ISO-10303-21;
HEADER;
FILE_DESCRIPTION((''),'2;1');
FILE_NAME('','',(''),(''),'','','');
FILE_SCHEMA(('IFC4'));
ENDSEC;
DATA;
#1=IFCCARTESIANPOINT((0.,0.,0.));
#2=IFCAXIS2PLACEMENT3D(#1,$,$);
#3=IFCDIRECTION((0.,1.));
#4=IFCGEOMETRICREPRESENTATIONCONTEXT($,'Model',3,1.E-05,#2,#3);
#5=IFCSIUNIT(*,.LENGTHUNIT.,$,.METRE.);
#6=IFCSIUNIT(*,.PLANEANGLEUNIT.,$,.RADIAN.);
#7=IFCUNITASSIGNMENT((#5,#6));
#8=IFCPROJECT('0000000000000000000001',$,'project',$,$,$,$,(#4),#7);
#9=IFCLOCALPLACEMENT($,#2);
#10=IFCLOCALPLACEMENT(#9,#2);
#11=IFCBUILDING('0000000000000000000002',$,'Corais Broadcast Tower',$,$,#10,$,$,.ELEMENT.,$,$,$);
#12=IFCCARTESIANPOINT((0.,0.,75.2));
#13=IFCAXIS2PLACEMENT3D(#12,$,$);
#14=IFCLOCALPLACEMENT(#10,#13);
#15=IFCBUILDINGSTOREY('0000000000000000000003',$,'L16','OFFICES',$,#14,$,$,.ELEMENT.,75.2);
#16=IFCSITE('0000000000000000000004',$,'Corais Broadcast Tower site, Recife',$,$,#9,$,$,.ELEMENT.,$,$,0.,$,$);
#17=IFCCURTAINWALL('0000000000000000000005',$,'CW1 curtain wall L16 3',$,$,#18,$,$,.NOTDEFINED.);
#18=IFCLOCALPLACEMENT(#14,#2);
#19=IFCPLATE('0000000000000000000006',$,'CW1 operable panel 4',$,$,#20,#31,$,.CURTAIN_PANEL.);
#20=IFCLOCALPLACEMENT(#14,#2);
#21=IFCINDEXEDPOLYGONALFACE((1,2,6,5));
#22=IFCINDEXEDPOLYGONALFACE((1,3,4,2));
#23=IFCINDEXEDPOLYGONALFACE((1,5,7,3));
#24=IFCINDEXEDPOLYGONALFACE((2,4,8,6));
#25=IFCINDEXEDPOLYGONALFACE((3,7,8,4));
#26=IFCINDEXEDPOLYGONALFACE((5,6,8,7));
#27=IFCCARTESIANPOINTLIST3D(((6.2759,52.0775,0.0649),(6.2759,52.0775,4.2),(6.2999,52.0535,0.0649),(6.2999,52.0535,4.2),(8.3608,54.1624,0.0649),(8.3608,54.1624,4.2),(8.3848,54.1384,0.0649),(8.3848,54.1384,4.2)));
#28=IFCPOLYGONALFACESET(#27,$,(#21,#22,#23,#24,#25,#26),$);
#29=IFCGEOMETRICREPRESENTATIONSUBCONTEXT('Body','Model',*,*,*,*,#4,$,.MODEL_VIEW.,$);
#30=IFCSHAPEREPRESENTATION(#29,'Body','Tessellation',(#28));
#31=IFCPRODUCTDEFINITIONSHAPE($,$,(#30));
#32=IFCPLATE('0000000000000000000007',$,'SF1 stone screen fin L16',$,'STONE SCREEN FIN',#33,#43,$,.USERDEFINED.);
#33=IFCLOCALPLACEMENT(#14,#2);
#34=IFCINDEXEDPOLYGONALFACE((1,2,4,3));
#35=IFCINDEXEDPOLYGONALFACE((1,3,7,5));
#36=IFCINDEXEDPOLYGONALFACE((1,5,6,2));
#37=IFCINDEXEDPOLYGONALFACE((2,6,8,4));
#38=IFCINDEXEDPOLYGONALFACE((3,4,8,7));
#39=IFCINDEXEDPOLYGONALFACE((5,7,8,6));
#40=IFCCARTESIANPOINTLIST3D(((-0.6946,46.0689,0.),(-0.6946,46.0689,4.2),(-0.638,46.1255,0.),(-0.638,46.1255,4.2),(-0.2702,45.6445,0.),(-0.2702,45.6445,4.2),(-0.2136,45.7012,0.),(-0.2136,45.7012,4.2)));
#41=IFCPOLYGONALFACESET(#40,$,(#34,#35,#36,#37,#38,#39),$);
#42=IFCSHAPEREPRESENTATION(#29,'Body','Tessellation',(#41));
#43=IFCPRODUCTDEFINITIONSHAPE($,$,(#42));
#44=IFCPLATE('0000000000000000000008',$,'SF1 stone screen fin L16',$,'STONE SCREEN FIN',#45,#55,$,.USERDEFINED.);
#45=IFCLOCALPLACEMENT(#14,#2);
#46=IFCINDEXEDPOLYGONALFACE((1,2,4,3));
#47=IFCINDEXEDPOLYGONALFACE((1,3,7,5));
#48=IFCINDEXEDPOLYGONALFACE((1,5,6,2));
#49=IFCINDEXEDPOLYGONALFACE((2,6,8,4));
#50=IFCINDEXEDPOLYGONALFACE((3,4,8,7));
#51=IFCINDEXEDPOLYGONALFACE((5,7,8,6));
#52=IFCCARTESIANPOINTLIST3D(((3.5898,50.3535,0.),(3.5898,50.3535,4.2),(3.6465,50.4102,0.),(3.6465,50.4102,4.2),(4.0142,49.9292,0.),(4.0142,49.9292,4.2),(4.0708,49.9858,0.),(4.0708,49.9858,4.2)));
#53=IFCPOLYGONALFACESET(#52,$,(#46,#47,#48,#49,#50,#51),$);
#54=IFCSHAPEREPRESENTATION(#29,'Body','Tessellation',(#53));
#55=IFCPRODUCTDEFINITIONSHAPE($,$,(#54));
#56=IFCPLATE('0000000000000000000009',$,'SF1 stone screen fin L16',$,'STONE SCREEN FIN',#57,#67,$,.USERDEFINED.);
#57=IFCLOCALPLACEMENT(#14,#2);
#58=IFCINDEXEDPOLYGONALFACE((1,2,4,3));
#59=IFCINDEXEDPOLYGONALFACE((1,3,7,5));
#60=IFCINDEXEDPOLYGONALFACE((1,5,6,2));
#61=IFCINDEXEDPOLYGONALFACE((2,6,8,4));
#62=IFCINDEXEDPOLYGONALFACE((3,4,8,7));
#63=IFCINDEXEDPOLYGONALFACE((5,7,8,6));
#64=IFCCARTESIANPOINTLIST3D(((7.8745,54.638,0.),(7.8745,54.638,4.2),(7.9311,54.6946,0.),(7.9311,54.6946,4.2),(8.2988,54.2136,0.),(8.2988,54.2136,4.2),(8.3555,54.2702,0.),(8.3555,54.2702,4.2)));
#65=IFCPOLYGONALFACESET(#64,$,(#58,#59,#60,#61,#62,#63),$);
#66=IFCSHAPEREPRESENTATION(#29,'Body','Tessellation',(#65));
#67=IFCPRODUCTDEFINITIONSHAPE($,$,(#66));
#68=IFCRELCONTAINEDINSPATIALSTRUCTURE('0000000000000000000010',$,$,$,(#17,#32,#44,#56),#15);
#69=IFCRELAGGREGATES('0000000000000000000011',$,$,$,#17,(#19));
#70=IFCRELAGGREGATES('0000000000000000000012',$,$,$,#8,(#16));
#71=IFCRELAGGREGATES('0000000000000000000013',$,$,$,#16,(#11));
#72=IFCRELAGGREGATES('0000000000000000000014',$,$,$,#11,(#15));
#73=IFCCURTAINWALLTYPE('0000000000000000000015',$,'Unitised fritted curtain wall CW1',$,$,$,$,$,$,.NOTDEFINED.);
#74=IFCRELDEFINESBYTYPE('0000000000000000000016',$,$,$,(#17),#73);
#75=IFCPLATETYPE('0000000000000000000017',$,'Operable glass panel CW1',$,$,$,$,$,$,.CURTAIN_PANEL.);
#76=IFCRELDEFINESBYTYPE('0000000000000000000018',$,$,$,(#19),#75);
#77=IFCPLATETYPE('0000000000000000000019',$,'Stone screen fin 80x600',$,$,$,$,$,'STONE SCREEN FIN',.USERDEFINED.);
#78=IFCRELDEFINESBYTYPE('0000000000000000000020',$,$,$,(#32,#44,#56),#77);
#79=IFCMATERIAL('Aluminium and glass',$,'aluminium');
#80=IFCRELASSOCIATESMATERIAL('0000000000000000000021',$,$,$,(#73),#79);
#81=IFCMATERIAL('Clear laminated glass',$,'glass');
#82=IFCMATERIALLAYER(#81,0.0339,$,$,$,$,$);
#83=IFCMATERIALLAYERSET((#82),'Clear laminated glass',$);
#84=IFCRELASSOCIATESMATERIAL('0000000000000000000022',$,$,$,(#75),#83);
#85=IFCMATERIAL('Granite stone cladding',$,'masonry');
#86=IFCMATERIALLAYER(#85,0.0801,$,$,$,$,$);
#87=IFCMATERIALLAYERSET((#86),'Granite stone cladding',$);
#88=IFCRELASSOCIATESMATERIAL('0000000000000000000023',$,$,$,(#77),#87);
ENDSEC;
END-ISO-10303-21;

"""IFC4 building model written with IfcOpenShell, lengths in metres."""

from ifc_helpers import new_model, si_unit, direction, frame, origin, origin_2d, place, context, subcontext, project, spatial, rectangle, extrude, material, layer, layer_set, type_object, element, aggregate, save


model = new_model("IFC4")

# Units and contexts
model_context = context("Model", 3, precision=1e-05, world=origin(), true_north=direction((0.0, 1.0)))
body_context = subcontext(model_context, "Body", "Model", "MODEL_VIEW")
ifc_project = project(units=[si_unit("LENGTHUNIT", "METRE"), si_unit("PLANEANGLEUNIT", "RADIAN")], contexts=[model_context])

# Site, building, storey
site_placement = place(None, origin())
site = spatial("IfcSite", under=ifc_project, at=site_placement, Name="Corais Broadcast Tower site, Recife", CompositionType="ELEMENT", RefElevation=0.0)
building_placement = place(site_placement, origin())
building = spatial("IfcBuilding", under=site, at=building_placement, Name="Corais Broadcast Tower", CompositionType="ELEMENT")
storey_placement = place(building_placement, frame((0.0, 0.0, 75.2)))
storey = spatial("IfcBuildingStorey", under=building, at=storey_placement, Name="L16", Description="OFFICES", CompositionType="ELEMENT", Elevation=75.2)

# Shared definitions
ifc_material_1 = material(Name="Aluminium and glass", Category="aluminium")
curtain_wall_type = type_object("IfcCurtainWallType", Name="Unitised fritted curtain wall CW1", PredefinedType="NOTDEFINED", material=ifc_material_1)

# Curtain wall
curtain_wall_1_placement = place(storey_placement, origin())
curtain_wall_1 = element("IfcCurtainWall", 1, at=curtain_wall_1_placement, inside=storey, type_object=curtain_wall_type, Name="CW1 curtain wall L16 3", PredefinedType="NOTDEFINED")

# Plate
ifc_material_2 = material(Name="Clear laminated glass", Category="glass")
ifc_layer_1 = layer(ifc_material_2, 0.0339)
ifc_layer_set_1 = layer_set([ifc_layer_1], Name="Clear laminated glass")
plate_type_1 = type_object("IfcPlateType", Name="Operable glass panel CW1", PredefinedType="CURTAIN_PANEL", material=ifc_layer_set_1)
plate_1_placement = place(storey_placement, frame((7.3303, 53.1079, 0.0649), z_axis=(0.0, 0.0, 1.0), x_axis=(0.707107, 0.707107, 0.0)))
plate_1 = element("IfcPlate", 2, at=plate_1_placement, type_object=plate_type_1, Name="CW1 operable panel 4", PredefinedType="CURTAIN_PANEL", context=body_context, shape_type="SweptSolid", body=[
    extrude(rectangle(XDim=2.9485, YDim=0.0339, at=origin_2d()), origin(), (0.0, 0.0, 1.0), 4.135),
])
aggregate(curtain_wall_1, [plate_1])

# Plates
ifc_material_3 = material(Name="Granite stone cladding", Category="masonry")
ifc_layer_2 = layer(ifc_material_3, 0.0801)
ifc_layer_set_2 = layer_set([ifc_layer_2], Name="Granite stone cladding")
plate_type_2 = type_object("IfcPlateType", Name="Stone screen fin 80x600", ElementType="STONE SCREEN FIN", PredefinedType="USERDEFINED", material=ifc_layer_set_2)
for number, where, z_axis, x_axis, name in (
    (3, (-0.4541, 45.885, 0.0), (0.0, 0.0, 1.0), (0.707107, 0.707107, 0.0), "SF1 stone screen fin L16"),
    (4, (3.8303, 50.1697, 0.0), (0.0, 0.0, 1.0), (0.707107, 0.707107, 0.0), "SF1 stone screen fin L16"),
    (5, (8.115, 54.4541, 0.0), (0.0, 0.0, 1.0), (0.707107, 0.707107, 0.0), "SF1 stone screen fin L16"),
):
    element("IfcPlate", number, at=place(storey_placement, frame(where, z_axis=z_axis, x_axis=x_axis)), inside=storey, type_object=plate_type_2, Name=name, ObjectType="STONE SCREEN FIN", PredefinedType="USERDEFINED", context=body_context, shape_type="SweptSolid", body=[
        extrude(rectangle(XDim=0.0801, YDim=0.6001, at=origin_2d()), origin(), (0.0, 0.0, 1.0), 4.2),
    ])

save(model, "model.ifc")
